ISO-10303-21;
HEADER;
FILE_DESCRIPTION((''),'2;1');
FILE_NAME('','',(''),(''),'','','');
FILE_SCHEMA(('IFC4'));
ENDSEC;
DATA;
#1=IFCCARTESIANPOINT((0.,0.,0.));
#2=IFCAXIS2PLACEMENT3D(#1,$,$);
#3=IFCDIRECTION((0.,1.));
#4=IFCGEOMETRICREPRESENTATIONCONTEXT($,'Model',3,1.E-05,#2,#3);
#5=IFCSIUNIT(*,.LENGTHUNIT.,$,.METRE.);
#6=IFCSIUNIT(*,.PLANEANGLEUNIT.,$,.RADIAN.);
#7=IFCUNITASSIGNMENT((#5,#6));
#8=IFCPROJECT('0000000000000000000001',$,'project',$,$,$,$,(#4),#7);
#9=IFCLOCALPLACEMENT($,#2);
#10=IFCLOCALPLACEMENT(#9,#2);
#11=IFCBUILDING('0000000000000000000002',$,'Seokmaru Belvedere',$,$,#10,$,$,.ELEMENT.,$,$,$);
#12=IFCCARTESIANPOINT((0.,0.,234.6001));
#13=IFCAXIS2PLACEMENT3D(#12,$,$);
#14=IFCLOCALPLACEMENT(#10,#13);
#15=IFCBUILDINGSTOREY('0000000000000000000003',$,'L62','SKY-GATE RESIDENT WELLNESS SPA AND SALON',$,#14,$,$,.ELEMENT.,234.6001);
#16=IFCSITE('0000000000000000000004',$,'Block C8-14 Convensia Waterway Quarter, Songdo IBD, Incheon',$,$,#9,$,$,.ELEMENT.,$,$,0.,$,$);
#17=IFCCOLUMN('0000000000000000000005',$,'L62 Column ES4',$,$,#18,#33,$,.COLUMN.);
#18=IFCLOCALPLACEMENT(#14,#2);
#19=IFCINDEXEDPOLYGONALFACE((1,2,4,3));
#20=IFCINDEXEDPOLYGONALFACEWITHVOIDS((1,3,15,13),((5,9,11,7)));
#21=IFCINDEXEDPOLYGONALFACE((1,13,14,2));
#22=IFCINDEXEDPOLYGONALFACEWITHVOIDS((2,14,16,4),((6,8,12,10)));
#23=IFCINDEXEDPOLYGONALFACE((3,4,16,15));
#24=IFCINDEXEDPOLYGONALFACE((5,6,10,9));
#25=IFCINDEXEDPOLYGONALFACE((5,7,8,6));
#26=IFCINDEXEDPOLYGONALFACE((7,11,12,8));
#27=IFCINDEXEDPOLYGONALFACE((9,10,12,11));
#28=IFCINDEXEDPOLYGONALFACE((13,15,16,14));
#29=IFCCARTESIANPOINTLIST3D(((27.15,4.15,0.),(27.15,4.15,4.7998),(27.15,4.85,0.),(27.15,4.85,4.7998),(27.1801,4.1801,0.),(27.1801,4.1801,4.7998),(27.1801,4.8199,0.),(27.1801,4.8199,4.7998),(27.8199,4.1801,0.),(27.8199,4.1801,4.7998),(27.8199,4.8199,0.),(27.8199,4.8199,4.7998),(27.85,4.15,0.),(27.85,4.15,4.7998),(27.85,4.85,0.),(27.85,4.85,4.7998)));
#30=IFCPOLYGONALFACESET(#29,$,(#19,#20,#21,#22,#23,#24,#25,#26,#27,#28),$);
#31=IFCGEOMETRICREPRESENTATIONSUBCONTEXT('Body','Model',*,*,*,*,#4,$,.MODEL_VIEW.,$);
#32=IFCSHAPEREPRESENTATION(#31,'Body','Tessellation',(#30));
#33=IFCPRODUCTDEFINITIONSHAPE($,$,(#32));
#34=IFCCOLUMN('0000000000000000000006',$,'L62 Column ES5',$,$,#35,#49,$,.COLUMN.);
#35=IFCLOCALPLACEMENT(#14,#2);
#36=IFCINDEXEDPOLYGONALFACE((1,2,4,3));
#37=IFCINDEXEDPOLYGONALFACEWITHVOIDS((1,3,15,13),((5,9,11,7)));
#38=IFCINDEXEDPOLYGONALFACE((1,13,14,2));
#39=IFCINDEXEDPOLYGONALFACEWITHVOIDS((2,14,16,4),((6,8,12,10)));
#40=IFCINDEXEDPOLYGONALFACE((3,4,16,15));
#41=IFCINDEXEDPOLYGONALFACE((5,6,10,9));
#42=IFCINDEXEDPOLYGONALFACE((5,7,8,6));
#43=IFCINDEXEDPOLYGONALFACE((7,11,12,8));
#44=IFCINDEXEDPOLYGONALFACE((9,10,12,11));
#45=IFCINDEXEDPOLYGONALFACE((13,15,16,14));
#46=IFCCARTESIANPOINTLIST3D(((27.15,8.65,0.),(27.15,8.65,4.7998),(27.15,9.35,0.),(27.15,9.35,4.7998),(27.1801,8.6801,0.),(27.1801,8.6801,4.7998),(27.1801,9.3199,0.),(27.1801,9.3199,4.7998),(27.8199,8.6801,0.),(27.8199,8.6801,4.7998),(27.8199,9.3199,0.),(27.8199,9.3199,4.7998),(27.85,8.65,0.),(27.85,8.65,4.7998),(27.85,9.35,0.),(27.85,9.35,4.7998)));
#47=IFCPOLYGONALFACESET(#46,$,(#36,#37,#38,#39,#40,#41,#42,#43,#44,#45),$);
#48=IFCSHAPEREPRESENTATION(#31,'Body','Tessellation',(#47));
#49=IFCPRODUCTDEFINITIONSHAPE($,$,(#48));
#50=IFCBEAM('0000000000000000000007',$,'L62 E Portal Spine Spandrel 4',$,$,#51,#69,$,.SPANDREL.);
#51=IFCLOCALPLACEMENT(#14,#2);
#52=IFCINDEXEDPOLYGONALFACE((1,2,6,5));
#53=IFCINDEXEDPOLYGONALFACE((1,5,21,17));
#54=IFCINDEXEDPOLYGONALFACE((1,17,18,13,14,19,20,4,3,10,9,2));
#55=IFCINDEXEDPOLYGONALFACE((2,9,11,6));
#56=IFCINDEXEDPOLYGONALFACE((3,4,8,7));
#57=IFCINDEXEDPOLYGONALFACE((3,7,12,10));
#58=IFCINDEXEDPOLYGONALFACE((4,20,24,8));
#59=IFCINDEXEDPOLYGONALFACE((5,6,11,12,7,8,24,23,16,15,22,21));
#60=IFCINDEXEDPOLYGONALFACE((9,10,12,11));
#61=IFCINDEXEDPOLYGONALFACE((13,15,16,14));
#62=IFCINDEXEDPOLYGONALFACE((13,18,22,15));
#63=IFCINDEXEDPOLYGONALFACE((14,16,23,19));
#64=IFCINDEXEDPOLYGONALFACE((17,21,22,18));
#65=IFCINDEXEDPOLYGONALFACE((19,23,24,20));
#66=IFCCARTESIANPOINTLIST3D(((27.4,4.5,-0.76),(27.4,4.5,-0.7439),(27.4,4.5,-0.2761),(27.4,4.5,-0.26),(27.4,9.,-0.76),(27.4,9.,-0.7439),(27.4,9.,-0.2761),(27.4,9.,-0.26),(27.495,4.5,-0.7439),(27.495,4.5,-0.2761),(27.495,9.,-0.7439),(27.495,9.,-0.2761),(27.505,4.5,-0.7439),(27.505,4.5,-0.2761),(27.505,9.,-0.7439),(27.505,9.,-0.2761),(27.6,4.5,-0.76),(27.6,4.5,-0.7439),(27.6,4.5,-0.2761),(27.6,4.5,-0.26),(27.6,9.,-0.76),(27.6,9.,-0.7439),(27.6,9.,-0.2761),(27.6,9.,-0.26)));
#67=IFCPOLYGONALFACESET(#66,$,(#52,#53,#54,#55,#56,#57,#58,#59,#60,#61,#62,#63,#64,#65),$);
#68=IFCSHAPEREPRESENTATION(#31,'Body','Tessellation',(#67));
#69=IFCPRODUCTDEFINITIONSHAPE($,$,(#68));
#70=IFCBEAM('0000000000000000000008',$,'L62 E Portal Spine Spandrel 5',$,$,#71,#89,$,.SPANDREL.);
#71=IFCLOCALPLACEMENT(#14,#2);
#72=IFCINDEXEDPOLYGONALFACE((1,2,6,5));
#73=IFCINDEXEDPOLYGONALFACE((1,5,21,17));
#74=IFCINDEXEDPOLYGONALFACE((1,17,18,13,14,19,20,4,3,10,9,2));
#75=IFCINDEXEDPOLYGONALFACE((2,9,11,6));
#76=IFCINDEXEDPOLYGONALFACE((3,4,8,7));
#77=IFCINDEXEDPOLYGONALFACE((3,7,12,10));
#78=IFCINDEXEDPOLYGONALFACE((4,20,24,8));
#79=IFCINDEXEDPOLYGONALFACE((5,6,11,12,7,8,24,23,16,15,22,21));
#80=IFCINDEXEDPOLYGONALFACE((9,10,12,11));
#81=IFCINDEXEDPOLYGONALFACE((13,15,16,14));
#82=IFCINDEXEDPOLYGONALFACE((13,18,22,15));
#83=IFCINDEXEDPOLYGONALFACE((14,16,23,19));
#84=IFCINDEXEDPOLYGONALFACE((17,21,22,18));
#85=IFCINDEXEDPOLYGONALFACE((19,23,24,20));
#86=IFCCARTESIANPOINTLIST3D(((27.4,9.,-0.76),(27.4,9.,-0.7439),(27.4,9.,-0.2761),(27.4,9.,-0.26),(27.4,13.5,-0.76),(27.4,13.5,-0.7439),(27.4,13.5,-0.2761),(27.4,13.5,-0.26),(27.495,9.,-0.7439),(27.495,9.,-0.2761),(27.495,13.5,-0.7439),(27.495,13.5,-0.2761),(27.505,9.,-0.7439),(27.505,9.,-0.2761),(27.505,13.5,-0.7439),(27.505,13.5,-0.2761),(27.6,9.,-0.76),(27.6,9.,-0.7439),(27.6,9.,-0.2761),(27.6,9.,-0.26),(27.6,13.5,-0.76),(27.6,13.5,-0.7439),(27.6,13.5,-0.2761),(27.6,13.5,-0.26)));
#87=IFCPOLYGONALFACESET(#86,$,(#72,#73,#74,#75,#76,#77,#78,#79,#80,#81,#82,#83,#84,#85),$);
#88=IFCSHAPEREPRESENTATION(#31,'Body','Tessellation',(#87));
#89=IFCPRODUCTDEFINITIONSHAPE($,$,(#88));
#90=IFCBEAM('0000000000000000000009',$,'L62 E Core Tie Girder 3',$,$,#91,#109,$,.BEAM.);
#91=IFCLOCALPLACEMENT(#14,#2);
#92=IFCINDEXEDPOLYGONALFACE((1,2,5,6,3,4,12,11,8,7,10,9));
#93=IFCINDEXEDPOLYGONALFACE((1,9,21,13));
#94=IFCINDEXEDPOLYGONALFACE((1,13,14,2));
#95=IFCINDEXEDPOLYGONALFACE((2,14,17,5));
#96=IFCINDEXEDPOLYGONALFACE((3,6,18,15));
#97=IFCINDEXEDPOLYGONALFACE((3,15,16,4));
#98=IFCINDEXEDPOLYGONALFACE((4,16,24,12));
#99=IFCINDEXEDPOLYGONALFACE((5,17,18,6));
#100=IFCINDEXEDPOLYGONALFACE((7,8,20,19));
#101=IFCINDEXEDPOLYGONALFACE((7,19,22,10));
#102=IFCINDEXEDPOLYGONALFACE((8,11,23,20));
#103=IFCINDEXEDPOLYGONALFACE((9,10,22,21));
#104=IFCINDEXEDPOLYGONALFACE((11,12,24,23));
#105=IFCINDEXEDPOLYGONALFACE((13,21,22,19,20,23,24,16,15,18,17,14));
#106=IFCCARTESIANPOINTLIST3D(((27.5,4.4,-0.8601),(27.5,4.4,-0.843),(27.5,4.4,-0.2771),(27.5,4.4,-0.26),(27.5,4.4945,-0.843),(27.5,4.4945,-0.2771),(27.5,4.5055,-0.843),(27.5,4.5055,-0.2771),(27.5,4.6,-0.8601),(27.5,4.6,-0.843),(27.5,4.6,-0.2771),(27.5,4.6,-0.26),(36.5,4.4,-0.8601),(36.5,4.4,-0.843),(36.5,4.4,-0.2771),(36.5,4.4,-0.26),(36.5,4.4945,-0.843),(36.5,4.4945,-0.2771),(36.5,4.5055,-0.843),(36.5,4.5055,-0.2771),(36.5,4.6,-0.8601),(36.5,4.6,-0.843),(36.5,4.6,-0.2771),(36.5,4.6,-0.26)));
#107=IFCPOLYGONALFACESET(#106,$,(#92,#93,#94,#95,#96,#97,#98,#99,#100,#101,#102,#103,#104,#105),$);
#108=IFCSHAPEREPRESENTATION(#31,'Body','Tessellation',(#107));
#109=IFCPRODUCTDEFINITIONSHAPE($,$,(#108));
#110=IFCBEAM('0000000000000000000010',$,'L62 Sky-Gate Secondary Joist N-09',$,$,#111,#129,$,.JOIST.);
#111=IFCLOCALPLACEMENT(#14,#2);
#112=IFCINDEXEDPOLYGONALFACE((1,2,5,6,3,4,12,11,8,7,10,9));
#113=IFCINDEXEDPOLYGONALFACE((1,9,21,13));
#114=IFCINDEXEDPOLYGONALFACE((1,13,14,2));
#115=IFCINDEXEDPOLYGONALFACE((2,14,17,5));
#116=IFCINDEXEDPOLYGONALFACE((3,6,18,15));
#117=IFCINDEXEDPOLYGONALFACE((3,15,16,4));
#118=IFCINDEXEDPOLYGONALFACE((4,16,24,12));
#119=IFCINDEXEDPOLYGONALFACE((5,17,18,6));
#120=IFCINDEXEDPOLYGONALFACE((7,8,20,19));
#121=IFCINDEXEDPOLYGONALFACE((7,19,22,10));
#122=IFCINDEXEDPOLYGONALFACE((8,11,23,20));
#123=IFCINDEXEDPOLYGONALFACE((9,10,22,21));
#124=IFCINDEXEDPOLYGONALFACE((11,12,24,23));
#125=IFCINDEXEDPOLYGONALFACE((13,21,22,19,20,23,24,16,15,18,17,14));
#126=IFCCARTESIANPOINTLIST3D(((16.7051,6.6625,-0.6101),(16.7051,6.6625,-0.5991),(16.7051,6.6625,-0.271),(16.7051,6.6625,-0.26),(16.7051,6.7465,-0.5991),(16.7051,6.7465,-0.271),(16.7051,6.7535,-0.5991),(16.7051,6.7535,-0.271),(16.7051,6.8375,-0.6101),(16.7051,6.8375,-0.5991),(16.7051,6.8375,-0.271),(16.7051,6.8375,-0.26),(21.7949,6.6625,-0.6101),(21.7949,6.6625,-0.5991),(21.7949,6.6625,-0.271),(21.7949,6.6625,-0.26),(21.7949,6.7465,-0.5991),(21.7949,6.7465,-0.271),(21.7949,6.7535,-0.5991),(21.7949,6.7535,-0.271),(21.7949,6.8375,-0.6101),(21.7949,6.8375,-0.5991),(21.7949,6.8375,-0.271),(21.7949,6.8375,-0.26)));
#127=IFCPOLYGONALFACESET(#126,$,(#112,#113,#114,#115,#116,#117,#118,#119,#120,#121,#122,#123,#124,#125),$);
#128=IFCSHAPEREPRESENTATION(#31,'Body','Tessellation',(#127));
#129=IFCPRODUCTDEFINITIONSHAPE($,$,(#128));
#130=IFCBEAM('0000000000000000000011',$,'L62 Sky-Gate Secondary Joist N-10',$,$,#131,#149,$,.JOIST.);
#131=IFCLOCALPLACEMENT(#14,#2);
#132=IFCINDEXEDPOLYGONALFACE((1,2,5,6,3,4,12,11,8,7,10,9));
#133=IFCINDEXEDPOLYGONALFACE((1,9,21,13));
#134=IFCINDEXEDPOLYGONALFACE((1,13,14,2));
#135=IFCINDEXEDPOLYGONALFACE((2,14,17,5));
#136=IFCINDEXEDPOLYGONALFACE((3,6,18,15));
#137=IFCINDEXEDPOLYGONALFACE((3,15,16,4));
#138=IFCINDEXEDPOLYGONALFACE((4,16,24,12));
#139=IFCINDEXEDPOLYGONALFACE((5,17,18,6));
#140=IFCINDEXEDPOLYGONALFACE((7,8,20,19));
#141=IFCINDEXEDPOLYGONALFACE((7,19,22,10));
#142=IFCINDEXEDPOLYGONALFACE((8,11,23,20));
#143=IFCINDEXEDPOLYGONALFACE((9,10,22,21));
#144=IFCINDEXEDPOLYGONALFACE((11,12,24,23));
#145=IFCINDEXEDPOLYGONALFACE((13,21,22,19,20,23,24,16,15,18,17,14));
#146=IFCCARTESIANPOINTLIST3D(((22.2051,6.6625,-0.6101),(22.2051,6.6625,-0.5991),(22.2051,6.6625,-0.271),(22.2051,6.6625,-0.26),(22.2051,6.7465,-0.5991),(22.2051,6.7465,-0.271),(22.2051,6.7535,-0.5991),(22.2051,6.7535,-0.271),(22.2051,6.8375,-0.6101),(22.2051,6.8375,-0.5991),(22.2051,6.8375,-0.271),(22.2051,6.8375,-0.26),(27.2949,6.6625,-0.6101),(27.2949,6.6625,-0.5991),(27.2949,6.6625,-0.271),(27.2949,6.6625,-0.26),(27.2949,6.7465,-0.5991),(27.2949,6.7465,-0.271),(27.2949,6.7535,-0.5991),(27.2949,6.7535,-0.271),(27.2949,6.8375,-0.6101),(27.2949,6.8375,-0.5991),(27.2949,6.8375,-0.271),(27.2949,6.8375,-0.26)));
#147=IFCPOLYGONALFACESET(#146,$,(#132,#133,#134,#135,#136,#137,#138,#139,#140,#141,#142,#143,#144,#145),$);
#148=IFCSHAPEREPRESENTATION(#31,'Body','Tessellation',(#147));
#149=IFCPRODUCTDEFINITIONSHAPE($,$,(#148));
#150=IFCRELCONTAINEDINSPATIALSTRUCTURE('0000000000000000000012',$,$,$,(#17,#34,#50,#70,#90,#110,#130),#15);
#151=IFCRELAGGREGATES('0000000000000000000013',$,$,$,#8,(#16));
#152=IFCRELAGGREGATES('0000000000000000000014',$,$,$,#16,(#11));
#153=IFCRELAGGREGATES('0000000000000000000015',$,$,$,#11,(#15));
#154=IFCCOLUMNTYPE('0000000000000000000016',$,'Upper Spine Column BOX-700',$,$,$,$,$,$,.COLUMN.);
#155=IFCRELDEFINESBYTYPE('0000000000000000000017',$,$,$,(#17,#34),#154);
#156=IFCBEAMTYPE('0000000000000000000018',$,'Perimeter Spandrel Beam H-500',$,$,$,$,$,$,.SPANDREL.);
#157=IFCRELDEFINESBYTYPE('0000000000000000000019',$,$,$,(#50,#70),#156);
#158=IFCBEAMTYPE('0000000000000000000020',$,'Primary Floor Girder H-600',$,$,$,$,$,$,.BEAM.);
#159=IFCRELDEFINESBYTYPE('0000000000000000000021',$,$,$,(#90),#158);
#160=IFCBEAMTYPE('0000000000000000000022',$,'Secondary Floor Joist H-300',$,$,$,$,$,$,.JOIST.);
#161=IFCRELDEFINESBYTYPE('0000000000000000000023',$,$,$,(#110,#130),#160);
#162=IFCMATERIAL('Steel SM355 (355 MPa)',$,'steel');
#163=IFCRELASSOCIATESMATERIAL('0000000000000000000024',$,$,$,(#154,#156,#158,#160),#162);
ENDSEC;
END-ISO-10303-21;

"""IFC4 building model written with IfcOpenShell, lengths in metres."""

from ifc_helpers import new_model, si_unit, direction, frame, origin, origin_2d, place, context, subcontext, project, spatial, hollow_rectangle, i_section, extrude, source, transform, mapped, material, material_profile, profile_set, type_object, type_shapes, element, save


model = new_model("IFC4")

# Units and contexts
model_context = context("Model", 3, precision=1e-05, world=origin(), true_north=direction((0.0, 1.0)))
body_context = subcontext(model_context, "Body", "Model", "MODEL_VIEW")
ifc_project = project(units=[si_unit("LENGTHUNIT", "METRE"), si_unit("PLANEANGLEUNIT", "RADIAN")], contexts=[model_context])

# Site, building, storey
site_placement = place(None, origin())
site = spatial("IfcSite", under=ifc_project, at=site_placement, Name="Block C8-14 Convensia Waterway Quarter, Songdo IBD, Incheon", CompositionType="ELEMENT", RefElevation=0.0)
building_placement = place(site_placement, origin())
building = spatial("IfcBuilding", under=site, at=building_placement, Name="Seokmaru Belvedere", CompositionType="ELEMENT")
storey_placement = place(building_placement, frame((0.0, 0.0, 234.6001)))
storey = spatial("IfcBuildingStorey", under=building, at=storey_placement, Name="L62", Description="SKY-GATE RESIDENT WELLNESS SPA AND SALON", CompositionType="ELEMENT", Elevation=234.6001)

# Columns
ifc_material_1 = material(Name="Steel SM355 (355 MPa)", Category="steel")
ifc_material_profile_1 = material_profile(ifc_material_1, hollow_rectangle(XDim=0.7, YDim=0.7, WallThickness=0.03, at=origin_2d()), Name="BOX-700x700x30")
ifc_profile_set_1 = profile_set([ifc_material_profile_1], Name="Steel SM355 (355 MPa)")
column_type = type_object("IfcColumnType", Name="Upper Spine Column BOX-700", PredefinedType="COLUMN", material=ifc_profile_set_1)
shared_shape_1 = source(origin(), body_context, "Body", "SweptSolid", [
    extrude(hollow_rectangle(XDim=0.7, YDim=0.7, WallThickness=0.03, at=origin_2d()), origin(), (0.0, 0.0, 1.0), 4.7998),
])
type_shapes(column_type, [shared_shape_1])
for number, where, z_axis, x_axis, name in (
    (1, (27.5, 4.5, 0.0), (0.0, 0.0, 1.0), (1.0, 0.0, 0.0), "L62 Column ES4"),
    (2, (27.5, 9.0, 0.0), (0.0, 0.0, 1.0), (1.0, 0.0, 0.0), "L62 Column ES5"),
):
    element("IfcColumn", number, at=place(storey_placement, frame(where, z_axis=z_axis, x_axis=x_axis)), inside=storey, type_object=column_type, Name=name, PredefinedType="COLUMN", context=body_context, shape_type="MappedRepresentation", body=[
        mapped(shared_shape_1, transform((0.0, 0.0, 0.0), scale=1.0)),
    ])

# Beams
ifc_material_profile_2 = material_profile(ifc_material_1, i_section(OverallWidth=0.2, OverallDepth=0.5, WebThickness=0.01, FlangeThickness=0.0161, at=origin_2d()), Name="H-500x200x10x16")
ifc_profile_set_2 = profile_set([ifc_material_profile_2], Name="Steel SM355 (355 MPa)")
beam_type_1 = type_object("IfcBeamType", Name="Perimeter Spandrel Beam H-500", PredefinedType="SPANDREL", material=ifc_profile_set_2)
shared_shape_2 = source(origin(), body_context, "Body", "SweptSolid", [
    extrude(i_section(OverallWidth=0.2, OverallDepth=0.5, WebThickness=0.01, FlangeThickness=0.0161, at=origin_2d()), origin(), (0.0, 0.0, 1.0), 4.5),
])
type_shapes(beam_type_1, [shared_shape_2])
for number, where, z_axis, x_axis, name in (
    (3, (27.5, 4.5, -0.51), (0.0, 1.0, 0.0), (-1.0, 0.0, 0.0), "L62 E Portal Spine Spandrel 4"),
    (4, (27.5, 9.0, -0.51), (0.0, 1.0, 0.0), (-1.0, 0.0, 0.0), "L62 E Portal Spine Spandrel 5"),
):
    element("IfcBeam", number, at=place(storey_placement, frame(where, z_axis=z_axis, x_axis=x_axis)), inside=storey, type_object=beam_type_1, Name=name, PredefinedType="SPANDREL", context=body_context, shape_type="MappedRepresentation", body=[
        mapped(shared_shape_2, transform((0.0, 0.0, 0.0), scale=1.0)),
    ])
ifc_material_profile_3 = material_profile(ifc_material_1, i_section(OverallWidth=0.2, OverallDepth=0.6001, WebThickness=0.011, FlangeThickness=0.0171, at=origin_2d()), Name="H-600x200x11x17")
ifc_profile_set_3 = profile_set([ifc_material_profile_3], Name="Steel SM355 (355 MPa)")
beam_type_2 = type_object("IfcBeamType", Name="Primary Floor Girder H-600", PredefinedType="BEAM", material=ifc_profile_set_3)
shared_shape_3 = source(origin(), body_context, "Body", "SweptSolid", [
    extrude(i_section(OverallWidth=0.2, OverallDepth=0.6001, WebThickness=0.011, FlangeThickness=0.0171, at=origin_2d()), origin(), (0.0, 0.0, 1.0), 9.0),
])
type_shapes(beam_type_2, [shared_shape_3])
beam_placement = place(storey_placement, frame((27.5, 4.5, -0.5601), z_axis=(1.0, 0.0, 0.0), x_axis=(0.0, 1.0, 0.0)))
element("IfcBeam", 5, at=beam_placement, inside=storey, type_object=beam_type_2, Name="L62 E Core Tie Girder 3", PredefinedType="BEAM", context=body_context, shape_type="MappedRepresentation", body=[
    mapped(shared_shape_3, transform((0.0, 0.0, 0.0), scale=1.0)),
])
ifc_material_profile_4 = material_profile(ifc_material_1, i_section(OverallWidth=0.175, OverallDepth=0.3501, WebThickness=0.0071, FlangeThickness=0.011, at=origin_2d()), Name="H-350x175x7x11")
ifc_profile_set_4 = profile_set([ifc_material_profile_4], Name="Steel SM355 (355 MPa)")
beam_type_3 = type_object("IfcBeamType", Name="Secondary Floor Joist H-300", PredefinedType="JOIST", material=ifc_profile_set_4)
shared_shape_4 = source(origin(), body_context, "Body", "SweptSolid", [
    extrude(i_section(OverallWidth=0.175, OverallDepth=0.3501, WebThickness=0.0071, FlangeThickness=0.011, at=origin_2d()), origin(), (0.0, 0.0, 1.0), 5.0898),
])
type_shapes(beam_type_3, [shared_shape_4])
for number, where, z_axis, x_axis, name in (
    (6, (16.7051, 6.75, -0.4351), (1.0, 0.0, 0.0), (0.0, 1.0, 0.0), "L62 Sky-Gate Secondary Joist N-09"),
    (7, (22.2051, 6.75, -0.4351), (1.0, 0.0, 0.0), (0.0, 1.0, 0.0), "L62 Sky-Gate Secondary Joist N-10"),
):
    element("IfcBeam", number, at=place(storey_placement, frame(where, z_axis=z_axis, x_axis=x_axis)), inside=storey, type_object=beam_type_3, Name=name, PredefinedType="JOIST", context=body_context, shape_type="MappedRepresentation", body=[
        mapped(shared_shape_4, transform((0.0, 0.0, 0.0), scale=1.0)),
    ])

save(model, "model.ifc")
